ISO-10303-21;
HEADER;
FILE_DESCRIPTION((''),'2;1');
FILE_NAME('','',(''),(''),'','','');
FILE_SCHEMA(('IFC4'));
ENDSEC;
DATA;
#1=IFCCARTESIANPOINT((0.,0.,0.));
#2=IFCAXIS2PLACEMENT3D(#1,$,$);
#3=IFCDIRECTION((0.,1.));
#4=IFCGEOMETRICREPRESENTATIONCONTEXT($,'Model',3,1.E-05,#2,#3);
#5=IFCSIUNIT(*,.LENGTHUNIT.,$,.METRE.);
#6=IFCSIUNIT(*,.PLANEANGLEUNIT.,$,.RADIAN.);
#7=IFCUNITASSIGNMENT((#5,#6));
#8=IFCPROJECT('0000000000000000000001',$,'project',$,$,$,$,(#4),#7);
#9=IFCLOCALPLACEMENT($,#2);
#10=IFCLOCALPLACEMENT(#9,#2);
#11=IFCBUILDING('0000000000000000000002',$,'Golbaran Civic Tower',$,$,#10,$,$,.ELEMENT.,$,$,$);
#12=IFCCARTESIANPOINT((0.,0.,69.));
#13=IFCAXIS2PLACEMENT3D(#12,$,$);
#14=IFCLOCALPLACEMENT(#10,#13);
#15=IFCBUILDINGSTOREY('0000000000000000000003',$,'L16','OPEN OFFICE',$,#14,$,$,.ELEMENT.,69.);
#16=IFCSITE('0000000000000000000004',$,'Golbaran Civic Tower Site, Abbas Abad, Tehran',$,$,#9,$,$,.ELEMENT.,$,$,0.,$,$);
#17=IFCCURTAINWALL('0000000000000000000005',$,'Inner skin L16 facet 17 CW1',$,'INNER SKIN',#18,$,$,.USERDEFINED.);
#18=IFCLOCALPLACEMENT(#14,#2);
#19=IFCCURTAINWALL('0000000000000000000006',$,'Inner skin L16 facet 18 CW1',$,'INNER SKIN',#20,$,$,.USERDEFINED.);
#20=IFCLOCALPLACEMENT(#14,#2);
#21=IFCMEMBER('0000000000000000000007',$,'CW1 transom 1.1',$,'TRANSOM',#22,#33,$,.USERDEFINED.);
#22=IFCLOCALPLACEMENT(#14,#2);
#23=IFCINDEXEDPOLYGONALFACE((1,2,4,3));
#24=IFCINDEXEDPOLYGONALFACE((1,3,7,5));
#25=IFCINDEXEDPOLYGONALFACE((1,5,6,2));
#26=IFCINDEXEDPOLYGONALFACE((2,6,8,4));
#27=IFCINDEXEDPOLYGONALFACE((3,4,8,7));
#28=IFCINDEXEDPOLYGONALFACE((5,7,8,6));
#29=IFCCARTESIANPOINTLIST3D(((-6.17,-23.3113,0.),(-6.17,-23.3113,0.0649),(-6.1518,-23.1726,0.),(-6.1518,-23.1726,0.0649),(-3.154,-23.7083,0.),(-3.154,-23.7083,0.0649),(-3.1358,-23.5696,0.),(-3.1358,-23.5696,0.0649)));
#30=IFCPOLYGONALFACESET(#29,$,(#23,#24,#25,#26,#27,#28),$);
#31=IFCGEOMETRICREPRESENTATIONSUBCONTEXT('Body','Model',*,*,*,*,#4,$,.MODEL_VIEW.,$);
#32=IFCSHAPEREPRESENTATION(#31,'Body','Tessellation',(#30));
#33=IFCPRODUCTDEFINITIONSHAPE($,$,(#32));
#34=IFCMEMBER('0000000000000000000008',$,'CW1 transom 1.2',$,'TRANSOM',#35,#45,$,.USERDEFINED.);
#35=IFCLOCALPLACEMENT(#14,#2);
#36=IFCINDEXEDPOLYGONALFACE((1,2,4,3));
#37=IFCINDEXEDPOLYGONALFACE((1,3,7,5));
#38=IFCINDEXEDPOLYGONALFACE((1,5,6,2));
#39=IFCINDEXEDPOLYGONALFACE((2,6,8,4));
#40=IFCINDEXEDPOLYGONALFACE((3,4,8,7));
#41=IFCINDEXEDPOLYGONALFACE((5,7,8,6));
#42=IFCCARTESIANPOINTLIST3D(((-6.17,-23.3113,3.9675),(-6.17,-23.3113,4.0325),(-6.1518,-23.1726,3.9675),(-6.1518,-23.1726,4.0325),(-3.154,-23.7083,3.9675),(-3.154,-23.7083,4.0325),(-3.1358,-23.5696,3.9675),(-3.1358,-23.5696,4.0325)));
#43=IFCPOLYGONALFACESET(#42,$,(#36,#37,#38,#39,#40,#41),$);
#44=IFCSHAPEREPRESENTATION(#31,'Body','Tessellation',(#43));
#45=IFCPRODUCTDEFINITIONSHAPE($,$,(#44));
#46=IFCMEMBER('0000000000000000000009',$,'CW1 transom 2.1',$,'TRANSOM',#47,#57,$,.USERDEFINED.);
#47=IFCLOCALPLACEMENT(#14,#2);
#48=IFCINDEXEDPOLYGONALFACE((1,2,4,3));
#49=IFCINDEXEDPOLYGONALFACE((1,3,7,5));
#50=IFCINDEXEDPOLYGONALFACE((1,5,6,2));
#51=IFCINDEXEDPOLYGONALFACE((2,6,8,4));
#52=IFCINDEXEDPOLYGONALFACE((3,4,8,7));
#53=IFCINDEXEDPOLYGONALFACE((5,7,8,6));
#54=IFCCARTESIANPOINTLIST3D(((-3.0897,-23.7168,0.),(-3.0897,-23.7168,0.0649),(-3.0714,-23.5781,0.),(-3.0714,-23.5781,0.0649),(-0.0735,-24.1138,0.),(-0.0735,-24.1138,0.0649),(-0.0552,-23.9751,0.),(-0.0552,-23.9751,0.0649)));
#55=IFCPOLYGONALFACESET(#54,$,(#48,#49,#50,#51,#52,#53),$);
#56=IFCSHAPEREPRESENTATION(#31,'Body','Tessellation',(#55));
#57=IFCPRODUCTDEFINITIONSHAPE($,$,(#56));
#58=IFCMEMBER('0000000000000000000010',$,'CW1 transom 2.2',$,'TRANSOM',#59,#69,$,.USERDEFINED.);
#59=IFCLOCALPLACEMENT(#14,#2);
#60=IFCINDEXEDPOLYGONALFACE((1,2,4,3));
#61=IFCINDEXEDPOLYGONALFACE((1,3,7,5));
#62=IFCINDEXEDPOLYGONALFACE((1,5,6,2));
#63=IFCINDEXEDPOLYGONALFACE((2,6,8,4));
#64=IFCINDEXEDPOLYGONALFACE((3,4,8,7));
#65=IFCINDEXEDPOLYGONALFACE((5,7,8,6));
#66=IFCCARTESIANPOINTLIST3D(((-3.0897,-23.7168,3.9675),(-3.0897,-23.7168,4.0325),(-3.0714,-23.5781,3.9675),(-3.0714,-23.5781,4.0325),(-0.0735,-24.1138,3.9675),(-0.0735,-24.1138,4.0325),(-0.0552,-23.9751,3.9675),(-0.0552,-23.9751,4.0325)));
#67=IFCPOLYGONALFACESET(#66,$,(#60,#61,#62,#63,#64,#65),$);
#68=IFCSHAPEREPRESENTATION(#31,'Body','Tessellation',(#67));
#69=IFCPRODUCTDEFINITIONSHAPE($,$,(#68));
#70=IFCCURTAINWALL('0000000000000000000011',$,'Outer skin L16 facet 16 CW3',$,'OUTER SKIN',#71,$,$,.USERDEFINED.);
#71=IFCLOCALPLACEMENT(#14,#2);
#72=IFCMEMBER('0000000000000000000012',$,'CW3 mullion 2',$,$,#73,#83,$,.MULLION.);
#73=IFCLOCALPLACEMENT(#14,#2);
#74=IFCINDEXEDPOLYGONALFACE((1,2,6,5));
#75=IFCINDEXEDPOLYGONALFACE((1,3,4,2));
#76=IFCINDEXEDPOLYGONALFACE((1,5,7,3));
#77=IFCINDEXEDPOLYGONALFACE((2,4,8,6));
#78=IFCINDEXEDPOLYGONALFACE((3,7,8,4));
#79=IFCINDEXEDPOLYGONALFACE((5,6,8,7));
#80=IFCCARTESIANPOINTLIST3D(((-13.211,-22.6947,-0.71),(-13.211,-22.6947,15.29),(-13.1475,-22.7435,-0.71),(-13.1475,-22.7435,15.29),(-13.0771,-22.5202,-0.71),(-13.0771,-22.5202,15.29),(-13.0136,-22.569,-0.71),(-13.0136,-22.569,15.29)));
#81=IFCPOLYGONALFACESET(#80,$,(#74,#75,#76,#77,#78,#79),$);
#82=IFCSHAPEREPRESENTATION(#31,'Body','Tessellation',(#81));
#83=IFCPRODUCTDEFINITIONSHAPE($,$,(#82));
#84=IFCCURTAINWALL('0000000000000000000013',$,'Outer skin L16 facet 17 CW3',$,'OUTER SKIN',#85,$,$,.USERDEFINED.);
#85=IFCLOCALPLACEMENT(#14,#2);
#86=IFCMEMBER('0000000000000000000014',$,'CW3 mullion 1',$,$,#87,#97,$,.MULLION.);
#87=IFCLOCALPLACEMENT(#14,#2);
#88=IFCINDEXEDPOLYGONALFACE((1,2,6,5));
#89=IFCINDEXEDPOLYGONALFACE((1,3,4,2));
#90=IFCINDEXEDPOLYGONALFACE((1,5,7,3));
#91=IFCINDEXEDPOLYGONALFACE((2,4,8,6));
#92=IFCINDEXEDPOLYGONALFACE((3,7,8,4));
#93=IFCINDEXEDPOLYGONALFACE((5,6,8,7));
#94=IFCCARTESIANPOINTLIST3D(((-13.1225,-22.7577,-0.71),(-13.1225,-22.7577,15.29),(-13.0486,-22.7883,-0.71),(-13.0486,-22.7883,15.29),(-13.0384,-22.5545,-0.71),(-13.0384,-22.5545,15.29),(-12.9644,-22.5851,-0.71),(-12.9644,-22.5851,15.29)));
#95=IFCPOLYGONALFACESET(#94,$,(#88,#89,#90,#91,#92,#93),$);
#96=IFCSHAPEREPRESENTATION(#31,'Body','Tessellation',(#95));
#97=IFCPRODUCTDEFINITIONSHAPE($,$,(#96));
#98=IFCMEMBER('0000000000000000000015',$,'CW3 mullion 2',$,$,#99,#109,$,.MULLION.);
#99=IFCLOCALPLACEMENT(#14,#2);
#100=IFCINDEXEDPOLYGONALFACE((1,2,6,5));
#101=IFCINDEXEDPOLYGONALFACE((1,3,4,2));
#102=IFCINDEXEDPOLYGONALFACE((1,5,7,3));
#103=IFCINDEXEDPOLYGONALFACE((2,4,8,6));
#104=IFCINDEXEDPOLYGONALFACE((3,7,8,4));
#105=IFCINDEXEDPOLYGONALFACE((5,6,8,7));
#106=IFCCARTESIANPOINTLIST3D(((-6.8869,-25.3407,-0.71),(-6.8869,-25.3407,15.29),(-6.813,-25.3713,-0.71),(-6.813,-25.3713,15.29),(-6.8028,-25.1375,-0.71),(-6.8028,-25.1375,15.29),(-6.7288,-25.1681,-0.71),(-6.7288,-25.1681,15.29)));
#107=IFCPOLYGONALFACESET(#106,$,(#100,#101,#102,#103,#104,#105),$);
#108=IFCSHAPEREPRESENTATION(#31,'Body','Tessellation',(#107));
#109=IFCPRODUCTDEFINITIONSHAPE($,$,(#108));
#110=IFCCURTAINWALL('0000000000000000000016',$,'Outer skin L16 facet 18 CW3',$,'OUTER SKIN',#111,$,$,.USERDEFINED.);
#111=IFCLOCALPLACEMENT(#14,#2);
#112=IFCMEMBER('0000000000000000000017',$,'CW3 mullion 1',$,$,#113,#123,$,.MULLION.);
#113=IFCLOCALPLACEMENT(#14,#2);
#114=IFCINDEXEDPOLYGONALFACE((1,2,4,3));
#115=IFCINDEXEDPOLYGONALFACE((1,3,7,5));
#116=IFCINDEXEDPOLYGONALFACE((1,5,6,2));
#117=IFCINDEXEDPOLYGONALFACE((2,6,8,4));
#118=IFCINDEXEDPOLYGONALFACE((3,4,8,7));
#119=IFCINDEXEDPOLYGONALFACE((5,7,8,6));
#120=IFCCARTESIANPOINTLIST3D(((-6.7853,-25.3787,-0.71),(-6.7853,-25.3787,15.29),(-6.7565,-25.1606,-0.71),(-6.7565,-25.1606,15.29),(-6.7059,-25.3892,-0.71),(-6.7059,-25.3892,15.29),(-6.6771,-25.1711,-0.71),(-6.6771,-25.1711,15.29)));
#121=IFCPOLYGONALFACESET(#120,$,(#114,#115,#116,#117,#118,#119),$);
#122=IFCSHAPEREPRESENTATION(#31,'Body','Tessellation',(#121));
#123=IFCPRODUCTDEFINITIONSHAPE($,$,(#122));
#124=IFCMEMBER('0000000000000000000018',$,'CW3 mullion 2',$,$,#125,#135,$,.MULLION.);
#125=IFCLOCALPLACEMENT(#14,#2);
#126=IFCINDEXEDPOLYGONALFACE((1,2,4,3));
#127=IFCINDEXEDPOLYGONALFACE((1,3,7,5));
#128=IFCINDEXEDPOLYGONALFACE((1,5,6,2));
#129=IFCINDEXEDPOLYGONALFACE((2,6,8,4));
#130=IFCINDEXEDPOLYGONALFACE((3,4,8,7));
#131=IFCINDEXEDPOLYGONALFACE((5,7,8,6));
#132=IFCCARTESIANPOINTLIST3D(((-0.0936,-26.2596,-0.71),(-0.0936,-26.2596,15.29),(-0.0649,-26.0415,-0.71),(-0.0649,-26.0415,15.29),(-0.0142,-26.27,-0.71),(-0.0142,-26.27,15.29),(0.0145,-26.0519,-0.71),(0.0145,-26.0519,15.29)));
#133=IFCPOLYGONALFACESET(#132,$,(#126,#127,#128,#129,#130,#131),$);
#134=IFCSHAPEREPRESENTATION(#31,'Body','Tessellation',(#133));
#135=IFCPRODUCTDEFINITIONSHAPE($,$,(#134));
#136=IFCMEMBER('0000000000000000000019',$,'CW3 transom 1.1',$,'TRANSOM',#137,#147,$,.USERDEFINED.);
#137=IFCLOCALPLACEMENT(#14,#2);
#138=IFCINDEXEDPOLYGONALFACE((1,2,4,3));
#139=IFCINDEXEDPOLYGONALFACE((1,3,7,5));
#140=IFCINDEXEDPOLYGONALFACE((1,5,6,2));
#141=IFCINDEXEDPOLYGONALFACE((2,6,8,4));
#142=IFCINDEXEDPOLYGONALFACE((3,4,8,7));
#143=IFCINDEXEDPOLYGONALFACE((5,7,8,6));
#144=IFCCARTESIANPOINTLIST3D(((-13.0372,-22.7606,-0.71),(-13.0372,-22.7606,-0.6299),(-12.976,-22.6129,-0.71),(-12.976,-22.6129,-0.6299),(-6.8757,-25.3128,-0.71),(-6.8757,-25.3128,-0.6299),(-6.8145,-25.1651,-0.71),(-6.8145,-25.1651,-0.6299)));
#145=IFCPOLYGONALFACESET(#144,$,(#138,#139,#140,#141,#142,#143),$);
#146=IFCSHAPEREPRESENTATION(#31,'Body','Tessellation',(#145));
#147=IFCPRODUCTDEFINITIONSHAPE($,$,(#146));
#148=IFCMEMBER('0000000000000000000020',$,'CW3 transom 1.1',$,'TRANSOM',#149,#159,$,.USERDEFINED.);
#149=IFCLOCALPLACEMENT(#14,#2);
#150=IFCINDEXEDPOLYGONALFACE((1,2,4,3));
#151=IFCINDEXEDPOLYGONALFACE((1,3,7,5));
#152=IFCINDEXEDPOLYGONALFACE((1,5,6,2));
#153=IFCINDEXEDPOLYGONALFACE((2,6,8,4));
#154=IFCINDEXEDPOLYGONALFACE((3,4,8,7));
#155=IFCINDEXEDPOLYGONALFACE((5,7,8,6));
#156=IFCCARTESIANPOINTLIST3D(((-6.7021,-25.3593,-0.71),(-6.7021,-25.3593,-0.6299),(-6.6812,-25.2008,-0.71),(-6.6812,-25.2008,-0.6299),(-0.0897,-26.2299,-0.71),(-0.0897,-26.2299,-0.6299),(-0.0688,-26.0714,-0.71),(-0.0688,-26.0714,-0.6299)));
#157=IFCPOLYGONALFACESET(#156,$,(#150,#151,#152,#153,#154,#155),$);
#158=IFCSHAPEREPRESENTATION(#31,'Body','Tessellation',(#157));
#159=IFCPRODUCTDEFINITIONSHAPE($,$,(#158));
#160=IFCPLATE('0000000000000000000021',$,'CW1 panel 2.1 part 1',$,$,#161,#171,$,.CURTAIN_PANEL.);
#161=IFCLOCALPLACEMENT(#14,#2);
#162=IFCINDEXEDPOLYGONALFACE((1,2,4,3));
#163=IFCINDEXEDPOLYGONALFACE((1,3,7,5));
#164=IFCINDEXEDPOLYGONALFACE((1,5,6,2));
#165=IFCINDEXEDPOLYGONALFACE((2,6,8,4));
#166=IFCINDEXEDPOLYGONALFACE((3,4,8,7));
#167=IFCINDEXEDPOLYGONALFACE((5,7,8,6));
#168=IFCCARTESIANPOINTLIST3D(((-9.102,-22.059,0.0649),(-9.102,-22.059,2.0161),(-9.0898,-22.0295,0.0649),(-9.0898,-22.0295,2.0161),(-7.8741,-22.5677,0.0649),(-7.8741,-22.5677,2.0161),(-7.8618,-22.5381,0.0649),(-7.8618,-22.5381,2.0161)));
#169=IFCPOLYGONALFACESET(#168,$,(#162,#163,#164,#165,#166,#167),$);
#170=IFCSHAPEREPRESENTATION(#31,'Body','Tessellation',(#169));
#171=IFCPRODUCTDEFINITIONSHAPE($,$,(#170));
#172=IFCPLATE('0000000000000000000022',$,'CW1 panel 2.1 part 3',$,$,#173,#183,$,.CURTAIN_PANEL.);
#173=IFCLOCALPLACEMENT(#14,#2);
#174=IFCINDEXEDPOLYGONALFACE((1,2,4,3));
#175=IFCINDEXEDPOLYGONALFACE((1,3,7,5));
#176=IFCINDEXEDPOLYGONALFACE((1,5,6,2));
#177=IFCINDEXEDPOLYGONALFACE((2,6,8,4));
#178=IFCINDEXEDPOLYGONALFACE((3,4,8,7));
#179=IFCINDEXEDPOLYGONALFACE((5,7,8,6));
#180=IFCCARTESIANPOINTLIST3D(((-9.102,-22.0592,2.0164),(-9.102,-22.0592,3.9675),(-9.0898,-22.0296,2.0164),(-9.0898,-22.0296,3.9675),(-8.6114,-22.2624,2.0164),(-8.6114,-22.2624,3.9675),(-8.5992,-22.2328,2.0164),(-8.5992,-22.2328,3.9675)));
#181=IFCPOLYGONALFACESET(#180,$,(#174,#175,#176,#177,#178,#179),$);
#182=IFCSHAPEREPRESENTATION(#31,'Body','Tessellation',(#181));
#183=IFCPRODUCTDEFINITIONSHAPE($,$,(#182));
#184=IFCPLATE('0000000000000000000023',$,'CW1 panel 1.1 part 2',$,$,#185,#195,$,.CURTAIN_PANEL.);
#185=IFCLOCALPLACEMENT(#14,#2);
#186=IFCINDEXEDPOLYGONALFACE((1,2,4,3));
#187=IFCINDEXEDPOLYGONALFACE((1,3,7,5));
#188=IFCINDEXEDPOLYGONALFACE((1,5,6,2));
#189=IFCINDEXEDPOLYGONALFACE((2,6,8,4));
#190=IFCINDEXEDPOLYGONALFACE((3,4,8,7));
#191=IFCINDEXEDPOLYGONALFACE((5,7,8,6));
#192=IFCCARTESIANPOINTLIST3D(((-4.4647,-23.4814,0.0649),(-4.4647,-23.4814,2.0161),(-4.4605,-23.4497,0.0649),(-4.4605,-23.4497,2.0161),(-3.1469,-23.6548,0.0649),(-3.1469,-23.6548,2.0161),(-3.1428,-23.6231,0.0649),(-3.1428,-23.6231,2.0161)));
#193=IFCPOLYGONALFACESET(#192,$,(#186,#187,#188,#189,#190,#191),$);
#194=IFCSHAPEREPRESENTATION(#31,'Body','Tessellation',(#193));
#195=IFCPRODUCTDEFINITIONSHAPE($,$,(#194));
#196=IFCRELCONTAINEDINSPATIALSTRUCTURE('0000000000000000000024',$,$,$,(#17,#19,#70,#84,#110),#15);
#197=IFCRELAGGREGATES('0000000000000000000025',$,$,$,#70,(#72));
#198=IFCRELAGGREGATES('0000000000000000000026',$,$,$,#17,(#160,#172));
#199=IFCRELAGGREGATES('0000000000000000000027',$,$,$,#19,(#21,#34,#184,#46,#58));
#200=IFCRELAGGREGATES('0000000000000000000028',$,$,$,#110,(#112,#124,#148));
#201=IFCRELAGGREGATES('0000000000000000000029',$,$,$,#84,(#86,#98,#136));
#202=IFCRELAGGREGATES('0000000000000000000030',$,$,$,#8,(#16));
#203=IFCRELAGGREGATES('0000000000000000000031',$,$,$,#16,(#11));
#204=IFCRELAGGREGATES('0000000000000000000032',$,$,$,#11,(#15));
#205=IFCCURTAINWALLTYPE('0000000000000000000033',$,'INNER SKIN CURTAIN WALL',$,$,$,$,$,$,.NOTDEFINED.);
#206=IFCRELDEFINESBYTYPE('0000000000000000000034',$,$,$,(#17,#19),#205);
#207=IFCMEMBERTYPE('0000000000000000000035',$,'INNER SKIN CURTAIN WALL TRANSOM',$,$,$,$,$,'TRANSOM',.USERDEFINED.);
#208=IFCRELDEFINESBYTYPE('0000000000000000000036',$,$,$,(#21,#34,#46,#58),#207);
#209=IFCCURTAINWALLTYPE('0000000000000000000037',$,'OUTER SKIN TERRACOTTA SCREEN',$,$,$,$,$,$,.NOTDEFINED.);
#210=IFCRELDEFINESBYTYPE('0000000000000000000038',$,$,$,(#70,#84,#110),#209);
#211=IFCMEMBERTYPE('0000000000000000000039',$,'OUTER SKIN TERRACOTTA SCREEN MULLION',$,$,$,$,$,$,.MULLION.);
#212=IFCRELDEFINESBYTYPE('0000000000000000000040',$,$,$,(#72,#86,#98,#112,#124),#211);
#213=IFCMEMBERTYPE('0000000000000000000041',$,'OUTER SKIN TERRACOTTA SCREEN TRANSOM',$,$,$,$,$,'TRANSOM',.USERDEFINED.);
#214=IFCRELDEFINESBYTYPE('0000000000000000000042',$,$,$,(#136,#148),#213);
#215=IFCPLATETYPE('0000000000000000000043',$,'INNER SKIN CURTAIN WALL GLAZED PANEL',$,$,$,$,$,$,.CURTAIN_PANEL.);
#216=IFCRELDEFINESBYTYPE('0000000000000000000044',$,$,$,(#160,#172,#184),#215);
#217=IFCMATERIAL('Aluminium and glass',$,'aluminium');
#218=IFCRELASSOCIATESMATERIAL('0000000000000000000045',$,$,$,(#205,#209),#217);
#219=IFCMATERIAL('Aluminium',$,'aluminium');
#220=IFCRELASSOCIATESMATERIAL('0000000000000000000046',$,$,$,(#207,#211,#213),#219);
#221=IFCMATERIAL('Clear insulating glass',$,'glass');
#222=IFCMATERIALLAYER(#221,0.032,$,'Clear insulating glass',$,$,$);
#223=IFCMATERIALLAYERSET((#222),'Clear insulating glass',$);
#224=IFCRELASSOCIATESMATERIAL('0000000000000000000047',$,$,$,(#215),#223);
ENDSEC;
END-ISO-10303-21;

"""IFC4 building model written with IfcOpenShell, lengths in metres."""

from ifc_helpers import new_model, si_unit, direction, frame, origin, origin_2d, place, context, subcontext, project, spatial, rectangle, extrude, material, layer, layer_set, material_profile, profile_set, type_object, element, aggregate, save


model = new_model("IFC4")

# Units and contexts
model_context = context("Model", 3, precision=1e-05, world=origin(), true_north=direction((0.0, 1.0)))
body_context = subcontext(model_context, "Body", "Model", "MODEL_VIEW")
ifc_project = project(units=[si_unit("LENGTHUNIT", "METRE"), si_unit("PLANEANGLEUNIT", "RADIAN")], contexts=[model_context])

# Site, building, storey
site_placement = place(None, origin())
site = spatial("IfcSite", under=ifc_project, at=site_placement, Name="Golbaran Civic Tower Site, Abbas Abad, Tehran", CompositionType="ELEMENT", RefElevation=0.0)
building_placement = place(site_placement, origin())
building = spatial("IfcBuilding", under=site, at=building_placement, Name="Golbaran Civic Tower", CompositionType="ELEMENT")
storey_placement = place(building_placement, frame((0.0, 0.0, 69.0)))
storey = spatial("IfcBuildingStorey", under=building, at=storey_placement, Name="L16", Description="OPEN OFFICE", CompositionType="ELEMENT", Elevation=69.0)

# Curtain wall
ifc_material_1 = material(Name="Aluminium and glass", Category="aluminium")
curtain_wall_type_1 = type_object("IfcCurtainWallType", Name="INNER SKIN CURTAIN WALL", PredefinedType="NOTDEFINED", material=ifc_material_1)
curtain_wall_1_placement = place(storey_placement, origin())
curtain_wall_1 = element("IfcCurtainWall", 1, at=curtain_wall_1_placement, inside=storey, type_object=curtain_wall_type_1, Name="Inner skin L16 facet 17 CW1", ObjectType="INNER SKIN", PredefinedType="USERDEFINED")
ifc_material_2 = material(Name="Aluminium", Category="aluminium")

# Curtain wall
curtain_wall_2_placement = place(storey_placement, origin())
curtain_wall_2 = element("IfcCurtainWall", 2, at=curtain_wall_2_placement, inside=storey, type_object=curtain_wall_type_1, Name="Inner skin L16 facet 18 CW1", ObjectType="INNER SKIN", PredefinedType="USERDEFINED")

# Members
ifc_material_profile_1 = material_profile(ifc_material_2, rectangle(XDim=0.1399, YDim=0.0649, at=origin_2d()), Name="INNER SKIN CURTAIN WALL TRANSOM")
ifc_profile_set_1 = profile_set([ifc_material_profile_1], Name="Aluminium")
member_type_1 = type_object("IfcMemberType", Name="INNER SKIN CURTAIN WALL TRANSOM", ElementType="TRANSOM", PredefinedType="USERDEFINED", material=ifc_profile_set_1)
member_1_placement = place(storey_placement, frame((-6.1609, -23.2419, 0.0325), z_axis=(0.991448, -0.130502, 0.0), x_axis=(0.130502, 0.991448, 0.0)))
member_1 = element("IfcMember", 3, at=member_1_placement, type_object=member_type_1, Name="CW1 transom 1.1", ObjectType="TRANSOM", PredefinedType="USERDEFINED", context=body_context, shape_type="SweptSolid", body=[
    extrude(rectangle(XDim=0.1399, YDim=0.0649, at=origin_2d()), origin(), (0.0, 0.0, 1.0), 3.042),
])
member_2_placement = place(storey_placement, frame((-6.1609, -23.2419, 4.0), z_axis=(0.991448, -0.130502, 0.0), x_axis=(0.130502, 0.991448, 0.0)))
member_2 = element("IfcMember", 4, at=member_2_placement, type_object=member_type_1, Name="CW1 transom 1.2", ObjectType="TRANSOM", PredefinedType="USERDEFINED", context=body_context, shape_type="SweptSolid", body=[
    extrude(rectangle(XDim=0.1399, YDim=0.0649, at=origin_2d()), origin(), (0.0, 0.0, 1.0), 3.042),
])
member_3_placement = place(storey_placement, frame((-3.0806, -23.6475, 0.0325), z_axis=(0.991449, -0.130492, 0.0), x_axis=(0.130492, 0.991449, 0.0)))
member_3 = element("IfcMember", 5, at=member_3_placement, type_object=member_type_1, Name="CW1 transom 2.1", ObjectType="TRANSOM", PredefinedType="USERDEFINED", context=body_context, shape_type="SweptSolid", body=[
    extrude(rectangle(XDim=0.1399, YDim=0.0649, at=origin_2d()), origin(), (0.0, 0.0, 1.0), 3.0422),
])
member_4_placement = place(storey_placement, frame((-3.0806, -23.6475, 4.0), z_axis=(0.991449, -0.130492, 0.0), x_axis=(0.130492, 0.991449, 0.0)))
member_4 = element("IfcMember", 6, at=member_4_placement, type_object=member_type_1, Name="CW1 transom 2.2", ObjectType="TRANSOM", PredefinedType="USERDEFINED", context=body_context, shape_type="SweptSolid", body=[
    extrude(rectangle(XDim=0.1399, YDim=0.0649, at=origin_2d()), origin(), (0.0, 0.0, 1.0), 3.0422),
])

# Curtain wall, member
curtain_wall_type_2 = type_object("IfcCurtainWallType", Name="OUTER SKIN TERRACOTTA SCREEN", PredefinedType="NOTDEFINED", material=ifc_material_1)
curtain_wall_3_placement = place(storey_placement, origin())
curtain_wall_3 = element("IfcCurtainWall", 7, at=curtain_wall_3_placement, inside=storey, type_object=curtain_wall_type_2, Name="Outer skin L16 facet 16 CW3", ObjectType="OUTER SKIN", PredefinedType="USERDEFINED")
ifc_material_profile_2 = material_profile(ifc_material_2, rectangle(XDim=0.22, YDim=0.0801, at=origin_2d()), Name="OUTER SKIN TERRACOTTA SCREEN MULLION")
ifc_profile_set_2 = profile_set([ifc_material_profile_2], Name="Aluminium")
member_type_2 = type_object("IfcMemberType", Name="OUTER SKIN TERRACOTTA SCREEN MULLION", PredefinedType="MULLION", material=ifc_profile_set_2)
member_5_placement = place(storey_placement, frame((-13.1123, -22.6318, -0.71), z_axis=(0.0, 0.0, 1.0), x_axis=(0.608761, 0.793353, 0.0)))
member_5 = element("IfcMember", 8, at=member_5_placement, type_object=member_type_2, Name="CW3 mullion 2", PredefinedType="MULLION", context=body_context, shape_type="SweptSolid", body=[
    extrude(rectangle(XDim=0.22, YDim=0.0801, at=origin_2d()), origin(), (0.0, 0.0, 1.0), 16.0),
])
aggregate(curtain_wall_3, [member_5])

# Curtain walls, members
curtain_wall_4_placement = place(storey_placement, origin())
curtain_wall_4 = element("IfcCurtainWall", 9, at=curtain_wall_4_placement, inside=storey, type_object=curtain_wall_type_2, Name="Outer skin L16 facet 17 CW3", ObjectType="OUTER SKIN", PredefinedType="USERDEFINED")
member_6_placement = place(storey_placement, frame((-13.0435, -22.6714, -0.71), z_axis=(0.0, 0.0, 1.0), x_axis=(0.382683, 0.92388, 0.0)))
member_6 = element("IfcMember", 10, at=member_6_placement, type_object=member_type_2, Name="CW3 mullion 1", PredefinedType="MULLION", context=body_context, shape_type="SweptSolid", body=[
    extrude(rectangle(XDim=0.22, YDim=0.0801, at=origin_2d()), origin(), (0.0, 0.0, 1.0), 16.0),
])
member_7_placement = place(storey_placement, frame((-6.8079, -25.2544, -0.71), z_axis=(0.0, 0.0, 1.0), x_axis=(0.382683, 0.92388, 0.0)))
member_7 = element("IfcMember", 11, at=member_7_placement, type_object=member_type_2, Name="CW3 mullion 2", PredefinedType="MULLION", context=body_context, shape_type="SweptSolid", body=[
    extrude(rectangle(XDim=0.22, YDim=0.0801, at=origin_2d()), origin(), (0.0, 0.0, 1.0), 16.0),
])
curtain_wall_5_placement = place(storey_placement, origin())
curtain_wall_5 = element("IfcCurtainWall", 12, at=curtain_wall_5_placement, inside=storey, type_object=curtain_wall_type_2, Name="Outer skin L16 facet 18 CW3", ObjectType="OUTER SKIN", PredefinedType="USERDEFINED")
member_8_placement = place(storey_placement, frame((-6.7312, -25.2749, -0.71), z_axis=(0.0, 0.0, 1.0), x_axis=(0.130526, 0.991445, 0.0)))
member_8 = element("IfcMember", 13, at=member_8_placement, type_object=member_type_2, Name="CW3 mullion 1", PredefinedType="MULLION", context=body_context, shape_type="SweptSolid", body=[
    extrude(rectangle(XDim=0.22, YDim=0.0801, at=origin_2d()), origin(), (0.0, 0.0, 1.0), 16.0),
])
member_9_placement = place(storey_placement, frame((-0.0396, -26.1558, -0.71), z_axis=(0.0, 0.0, 1.0), x_axis=(0.130526, 0.991445, 0.0)))
member_9 = element("IfcMember", 14, at=member_9_placement, type_object=member_type_2, Name="CW3 mullion 2", PredefinedType="MULLION", context=body_context, shape_type="SweptSolid", body=[
    extrude(rectangle(XDim=0.22, YDim=0.0801, at=origin_2d()), origin(), (0.0, 0.0, 1.0), 16.0),
])

# Members
ifc_material_profile_3 = material_profile(ifc_material_2, rectangle(XDim=0.1599, YDim=0.0801, at=origin_2d()), Name="OUTER SKIN TERRACOTTA SCREEN TRANSOM")
ifc_profile_set_3 = profile_set([ifc_material_profile_3], Name="Aluminium")
member_type_3 = type_object("IfcMemberType", Name="OUTER SKIN TERRACOTTA SCREEN TRANSOM", ElementType="TRANSOM", PredefinedType="USERDEFINED", material=ifc_profile_set_3)
member_10_placement = place(storey_placement, frame((-13.0066, -22.6868, -0.6699), z_axis=(0.923879, -0.382686, 0.0), x_axis=(0.382686, 0.923879, 0.0)))
member_10 = element("IfcMember", 15, at=member_10_placement, type_object=member_type_3, Name="CW3 transom 1.1", ObjectType="TRANSOM", PredefinedType="USERDEFINED", context=body_context, shape_type="SweptSolid", body=[
    extrude(rectangle(XDim=0.1599, YDim=0.0801, at=origin_2d()), origin(), (0.0, 0.0, 1.0), 6.6692),
])
member_11_placement = place(storey_placement, frame((-6.6917, -25.28, -0.6699), z_axis=(0.991443, -0.130538, 0.0), x_axis=(0.130538, 0.991443, 0.0)))
member_11 = element("IfcMember", 16, at=member_11_placement, type_object=member_type_3, Name="CW3 transom 1.1", ObjectType="TRANSOM", PredefinedType="USERDEFINED", context=body_context, shape_type="SweptSolid", body=[
    extrude(rectangle(XDim=0.1599, YDim=0.0801, at=origin_2d()), origin(), (0.0, 0.0, 1.0), 6.6694),
])

# Plates
ifc_material_3 = material(Name="Clear insulating glass", Category="glass")
ifc_layer_1 = layer(ifc_material_3, 0.032, Name="Clear insulating glass")
ifc_layer_set_1 = layer_set([ifc_layer_1], Name="Clear insulating glass")
plate_type_1 = type_object("IfcPlateType", Name="INNER SKIN CURTAIN WALL GLAZED PANEL", PredefinedType="CURTAIN_PANEL", material=ifc_layer_set_1)
plate_1_placement = place(storey_placement, frame((-8.4819, -22.2986, 0.0649), z_axis=(0.0, 0.0, 1.0), x_axis=(0.92388, -0.382683, 0.0)))
plate_1 = element("IfcPlate", 17, at=plate_1_placement, type_object=plate_type_1, Name="CW1 panel 2.1 part 1", PredefinedType="CURTAIN_PANEL", context=body_context, shape_type="SweptSolid", body=[
    extrude(rectangle(XDim=1.3291, YDim=0.032, at=origin_2d()), origin(), (0.0, 0.0, 1.0), 1.9512),
])
plate_2_placement = place(storey_placement, frame((-8.8506, -22.146, 2.0164), z_axis=(0.0, 0.0, 1.0), x_axis=(0.92388, -0.382683, 0.0)))
plate_2 = element("IfcPlate", 18, at=plate_2_placement, type_object=plate_type_1, Name="CW1 panel 2.1 part 3", PredefinedType="CURTAIN_PANEL", context=body_context, shape_type="SweptSolid", body=[
    extrude(rectangle(XDim=0.531, YDim=0.032, at=origin_2d()), origin(), (0.0, 0.0, 1.0), 1.9512),
])
plate_3_placement = place(storey_placement, frame((-3.8037, -23.5522, 0.0649), z_axis=(0.0, 0.0, 1.0), x_axis=(0.991445, -0.130526, 0.0)))
plate_3 = element("IfcPlate", 19, at=plate_3_placement, type_object=plate_type_1, Name="CW1 panel 1.1 part 2", PredefinedType="CURTAIN_PANEL", context=body_context, shape_type="SweptSolid", body=[
    extrude(rectangle(XDim=1.3291, YDim=0.032, at=origin_2d()), origin(), (0.0, 0.0, 1.0), 1.9512),
])
aggregate(curtain_wall_1, [plate_1, plate_2])
aggregate(curtain_wall_2, [member_1, member_2, plate_3, member_3, member_4])
aggregate(curtain_wall_5, [member_8, member_9, member_11])
aggregate(curtain_wall_4, [member_6, member_7, member_10])

save(model, "model.ifc")
